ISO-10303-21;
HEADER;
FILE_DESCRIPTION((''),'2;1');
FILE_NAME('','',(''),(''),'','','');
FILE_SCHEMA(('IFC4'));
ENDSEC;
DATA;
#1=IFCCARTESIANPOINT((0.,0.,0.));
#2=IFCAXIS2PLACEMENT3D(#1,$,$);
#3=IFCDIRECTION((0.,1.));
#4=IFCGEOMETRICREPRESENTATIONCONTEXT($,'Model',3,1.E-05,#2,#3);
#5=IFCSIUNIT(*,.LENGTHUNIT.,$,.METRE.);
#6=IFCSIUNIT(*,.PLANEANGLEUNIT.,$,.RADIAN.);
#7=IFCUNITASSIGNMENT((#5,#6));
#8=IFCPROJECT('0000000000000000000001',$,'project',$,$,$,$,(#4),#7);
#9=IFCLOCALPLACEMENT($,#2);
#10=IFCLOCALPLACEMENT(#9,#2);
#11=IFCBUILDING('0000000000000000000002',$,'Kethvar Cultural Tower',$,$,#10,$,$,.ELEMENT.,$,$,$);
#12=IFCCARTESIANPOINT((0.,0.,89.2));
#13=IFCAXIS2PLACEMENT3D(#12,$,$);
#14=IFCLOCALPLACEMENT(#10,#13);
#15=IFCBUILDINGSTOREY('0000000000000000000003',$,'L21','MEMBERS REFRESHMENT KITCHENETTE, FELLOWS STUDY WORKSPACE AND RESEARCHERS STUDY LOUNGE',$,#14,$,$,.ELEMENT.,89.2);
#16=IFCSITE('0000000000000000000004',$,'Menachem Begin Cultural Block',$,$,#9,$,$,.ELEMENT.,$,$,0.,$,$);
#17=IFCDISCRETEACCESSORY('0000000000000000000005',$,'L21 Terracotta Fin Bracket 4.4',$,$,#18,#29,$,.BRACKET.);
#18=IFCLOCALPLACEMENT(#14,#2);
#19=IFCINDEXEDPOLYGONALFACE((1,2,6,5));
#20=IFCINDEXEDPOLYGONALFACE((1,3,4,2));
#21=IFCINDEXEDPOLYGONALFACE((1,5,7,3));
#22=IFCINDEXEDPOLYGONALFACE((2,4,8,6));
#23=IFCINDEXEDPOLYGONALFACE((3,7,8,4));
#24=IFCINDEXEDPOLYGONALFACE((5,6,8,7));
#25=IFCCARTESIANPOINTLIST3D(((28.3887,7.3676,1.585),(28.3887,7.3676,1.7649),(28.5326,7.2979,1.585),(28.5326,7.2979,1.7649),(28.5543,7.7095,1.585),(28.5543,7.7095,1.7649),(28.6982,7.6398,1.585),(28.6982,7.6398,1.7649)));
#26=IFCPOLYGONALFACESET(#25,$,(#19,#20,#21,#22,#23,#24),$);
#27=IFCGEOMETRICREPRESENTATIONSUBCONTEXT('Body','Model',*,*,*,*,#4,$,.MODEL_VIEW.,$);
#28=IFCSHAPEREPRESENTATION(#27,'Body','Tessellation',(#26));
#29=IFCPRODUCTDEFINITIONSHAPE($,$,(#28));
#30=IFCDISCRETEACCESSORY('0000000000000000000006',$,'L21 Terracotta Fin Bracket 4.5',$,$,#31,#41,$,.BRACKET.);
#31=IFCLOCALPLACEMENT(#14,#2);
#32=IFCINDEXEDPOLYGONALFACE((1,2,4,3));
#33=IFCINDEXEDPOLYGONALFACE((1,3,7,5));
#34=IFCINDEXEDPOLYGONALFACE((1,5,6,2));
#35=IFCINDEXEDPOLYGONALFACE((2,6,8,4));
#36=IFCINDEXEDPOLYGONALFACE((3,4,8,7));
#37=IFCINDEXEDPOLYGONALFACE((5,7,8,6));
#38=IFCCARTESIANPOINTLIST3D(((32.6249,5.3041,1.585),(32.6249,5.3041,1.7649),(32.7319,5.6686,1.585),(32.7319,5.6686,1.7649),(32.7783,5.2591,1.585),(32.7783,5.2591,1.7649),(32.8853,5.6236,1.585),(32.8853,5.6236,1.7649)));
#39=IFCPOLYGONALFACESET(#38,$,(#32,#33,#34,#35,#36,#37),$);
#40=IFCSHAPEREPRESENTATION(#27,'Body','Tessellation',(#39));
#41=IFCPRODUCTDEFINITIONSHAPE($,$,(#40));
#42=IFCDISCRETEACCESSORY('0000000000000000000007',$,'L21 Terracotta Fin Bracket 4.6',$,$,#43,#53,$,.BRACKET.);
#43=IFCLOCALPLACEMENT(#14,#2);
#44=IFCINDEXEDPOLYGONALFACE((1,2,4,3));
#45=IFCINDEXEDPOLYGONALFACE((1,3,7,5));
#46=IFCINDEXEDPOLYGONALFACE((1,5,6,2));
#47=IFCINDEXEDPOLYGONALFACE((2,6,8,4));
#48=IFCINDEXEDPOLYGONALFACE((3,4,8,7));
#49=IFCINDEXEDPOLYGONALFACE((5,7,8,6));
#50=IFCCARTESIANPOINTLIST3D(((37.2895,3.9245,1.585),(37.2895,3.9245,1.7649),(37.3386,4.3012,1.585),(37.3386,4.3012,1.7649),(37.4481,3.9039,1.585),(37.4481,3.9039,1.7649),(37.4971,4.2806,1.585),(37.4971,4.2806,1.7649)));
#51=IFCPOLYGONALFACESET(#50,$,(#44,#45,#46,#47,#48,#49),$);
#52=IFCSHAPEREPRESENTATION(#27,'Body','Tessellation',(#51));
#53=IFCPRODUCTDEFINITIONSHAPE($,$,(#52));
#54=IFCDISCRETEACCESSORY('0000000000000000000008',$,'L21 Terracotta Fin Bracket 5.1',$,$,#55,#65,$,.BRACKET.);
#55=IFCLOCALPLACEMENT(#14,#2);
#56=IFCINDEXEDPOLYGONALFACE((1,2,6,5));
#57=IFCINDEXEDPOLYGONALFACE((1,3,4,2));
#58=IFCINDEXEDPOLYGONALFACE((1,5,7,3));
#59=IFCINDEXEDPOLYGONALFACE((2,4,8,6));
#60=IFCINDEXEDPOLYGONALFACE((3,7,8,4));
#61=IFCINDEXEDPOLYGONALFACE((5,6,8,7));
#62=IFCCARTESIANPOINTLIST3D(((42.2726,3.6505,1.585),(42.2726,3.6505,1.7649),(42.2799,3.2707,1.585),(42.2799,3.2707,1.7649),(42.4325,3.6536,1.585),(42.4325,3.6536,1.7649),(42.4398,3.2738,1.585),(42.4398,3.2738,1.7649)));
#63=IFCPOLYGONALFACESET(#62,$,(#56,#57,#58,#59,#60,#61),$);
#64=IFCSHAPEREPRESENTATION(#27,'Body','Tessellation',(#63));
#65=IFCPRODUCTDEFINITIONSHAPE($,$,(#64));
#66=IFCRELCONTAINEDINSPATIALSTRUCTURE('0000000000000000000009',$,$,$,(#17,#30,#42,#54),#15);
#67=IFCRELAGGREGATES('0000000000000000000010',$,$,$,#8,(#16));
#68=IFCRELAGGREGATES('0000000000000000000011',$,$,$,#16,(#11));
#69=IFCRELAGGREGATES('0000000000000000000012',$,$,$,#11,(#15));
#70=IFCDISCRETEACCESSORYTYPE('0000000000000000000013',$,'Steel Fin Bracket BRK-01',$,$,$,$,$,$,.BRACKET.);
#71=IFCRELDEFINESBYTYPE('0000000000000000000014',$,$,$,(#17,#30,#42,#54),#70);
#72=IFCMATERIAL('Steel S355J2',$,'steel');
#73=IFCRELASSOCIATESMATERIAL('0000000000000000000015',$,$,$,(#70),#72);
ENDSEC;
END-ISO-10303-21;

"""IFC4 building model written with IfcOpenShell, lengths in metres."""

from ifc_helpers import new_model, si_unit, direction, frame, origin, origin_2d, place, context, subcontext, project, spatial, rectangle, extrude, source, transform, mapped, material, type_object, element, save


model = new_model("IFC4")

# Units and contexts
model_context = context("Model", 3, precision=1e-05, world=origin(), true_north=direction((0.0, 1.0)))
body_context = subcontext(model_context, "Body", "Model", "MODEL_VIEW")
ifc_project = project(units=[si_unit("LENGTHUNIT", "METRE"), si_unit("PLANEANGLEUNIT", "RADIAN")], contexts=[model_context])

# Site, building, storey
site_placement = place(None, origin())
site = spatial("IfcSite", under=ifc_project, at=site_placement, Name="Menachem Begin Cultural Block", CompositionType="ELEMENT", RefElevation=0.0)
building_placement = place(site_placement, origin())
building = spatial("IfcBuilding", under=site, at=building_placement, Name="Kethvar Cultural Tower", CompositionType="ELEMENT")
storey_placement = place(building_placement, frame((0.0, 0.0, 89.2)))
storey = spatial("IfcBuildingStorey", under=building, at=storey_placement, Name="L21", Description="MEMBERS REFRESHMENT KITCHENETTE, FELLOWS STUDY WORKSPACE AND RESEARCHERS STUDY LOUNGE", CompositionType="ELEMENT", Elevation=89.2)

# Shared definitions
ifc_material_1 = material(Name="Steel S355J2", Category="steel")

# Discrete accessories
discrete_accessory_type = type_object("IfcDiscreteAccessoryType", Name="Steel Fin Bracket BRK-01", PredefinedType="BRACKET", material=ifc_material_1)
shared_shape_1 = source(origin(), body_context, "Body", "SweptSolid", [
    extrude(rectangle(XDim=0.3799, YDim=0.1599, at=origin_2d()), origin(), (0.0, 0.0, 1.0), 0.1799),
])
for number, where, z_axis, x_axis, name in (
    (1, (28.5435, 7.5037, 1.585), (0.0, 0.0, 1.0), (-0.43586, -0.900015, 0.0), "L21 Terracotta Fin Bracket 4.4"),
    (2, (32.7551, 5.4639, 1.585), (0.0, 0.0, 1.0), (-0.281672, -0.959511, 0.0), "L21 Terracotta Fin Bracket 4.5"),
    (3, (37.3933, 4.1025, 1.585), (0.0, 0.0, 1.0), (-0.129142, -0.991626, 0.0), "L21 Terracotta Fin Bracket 4.6"),
    (4, (42.3562, 3.4622, 1.585), (0.0, 0.0, 1.0), (0.019372, -0.999812, 0.0), "L21 Terracotta Fin Bracket 5.1"),
):
    element("IfcDiscreteAccessory", number, at=place(storey_placement, frame(where, z_axis=z_axis, x_axis=x_axis)), inside=storey, type_object=discrete_accessory_type, Name=name, PredefinedType="BRACKET", context=body_context, shape_type="MappedRepresentation", body=[
        mapped(shared_shape_1, transform((0.0, 0.0, 0.0), scale=1.0)),
    ])

save(model, "model.ifc")
